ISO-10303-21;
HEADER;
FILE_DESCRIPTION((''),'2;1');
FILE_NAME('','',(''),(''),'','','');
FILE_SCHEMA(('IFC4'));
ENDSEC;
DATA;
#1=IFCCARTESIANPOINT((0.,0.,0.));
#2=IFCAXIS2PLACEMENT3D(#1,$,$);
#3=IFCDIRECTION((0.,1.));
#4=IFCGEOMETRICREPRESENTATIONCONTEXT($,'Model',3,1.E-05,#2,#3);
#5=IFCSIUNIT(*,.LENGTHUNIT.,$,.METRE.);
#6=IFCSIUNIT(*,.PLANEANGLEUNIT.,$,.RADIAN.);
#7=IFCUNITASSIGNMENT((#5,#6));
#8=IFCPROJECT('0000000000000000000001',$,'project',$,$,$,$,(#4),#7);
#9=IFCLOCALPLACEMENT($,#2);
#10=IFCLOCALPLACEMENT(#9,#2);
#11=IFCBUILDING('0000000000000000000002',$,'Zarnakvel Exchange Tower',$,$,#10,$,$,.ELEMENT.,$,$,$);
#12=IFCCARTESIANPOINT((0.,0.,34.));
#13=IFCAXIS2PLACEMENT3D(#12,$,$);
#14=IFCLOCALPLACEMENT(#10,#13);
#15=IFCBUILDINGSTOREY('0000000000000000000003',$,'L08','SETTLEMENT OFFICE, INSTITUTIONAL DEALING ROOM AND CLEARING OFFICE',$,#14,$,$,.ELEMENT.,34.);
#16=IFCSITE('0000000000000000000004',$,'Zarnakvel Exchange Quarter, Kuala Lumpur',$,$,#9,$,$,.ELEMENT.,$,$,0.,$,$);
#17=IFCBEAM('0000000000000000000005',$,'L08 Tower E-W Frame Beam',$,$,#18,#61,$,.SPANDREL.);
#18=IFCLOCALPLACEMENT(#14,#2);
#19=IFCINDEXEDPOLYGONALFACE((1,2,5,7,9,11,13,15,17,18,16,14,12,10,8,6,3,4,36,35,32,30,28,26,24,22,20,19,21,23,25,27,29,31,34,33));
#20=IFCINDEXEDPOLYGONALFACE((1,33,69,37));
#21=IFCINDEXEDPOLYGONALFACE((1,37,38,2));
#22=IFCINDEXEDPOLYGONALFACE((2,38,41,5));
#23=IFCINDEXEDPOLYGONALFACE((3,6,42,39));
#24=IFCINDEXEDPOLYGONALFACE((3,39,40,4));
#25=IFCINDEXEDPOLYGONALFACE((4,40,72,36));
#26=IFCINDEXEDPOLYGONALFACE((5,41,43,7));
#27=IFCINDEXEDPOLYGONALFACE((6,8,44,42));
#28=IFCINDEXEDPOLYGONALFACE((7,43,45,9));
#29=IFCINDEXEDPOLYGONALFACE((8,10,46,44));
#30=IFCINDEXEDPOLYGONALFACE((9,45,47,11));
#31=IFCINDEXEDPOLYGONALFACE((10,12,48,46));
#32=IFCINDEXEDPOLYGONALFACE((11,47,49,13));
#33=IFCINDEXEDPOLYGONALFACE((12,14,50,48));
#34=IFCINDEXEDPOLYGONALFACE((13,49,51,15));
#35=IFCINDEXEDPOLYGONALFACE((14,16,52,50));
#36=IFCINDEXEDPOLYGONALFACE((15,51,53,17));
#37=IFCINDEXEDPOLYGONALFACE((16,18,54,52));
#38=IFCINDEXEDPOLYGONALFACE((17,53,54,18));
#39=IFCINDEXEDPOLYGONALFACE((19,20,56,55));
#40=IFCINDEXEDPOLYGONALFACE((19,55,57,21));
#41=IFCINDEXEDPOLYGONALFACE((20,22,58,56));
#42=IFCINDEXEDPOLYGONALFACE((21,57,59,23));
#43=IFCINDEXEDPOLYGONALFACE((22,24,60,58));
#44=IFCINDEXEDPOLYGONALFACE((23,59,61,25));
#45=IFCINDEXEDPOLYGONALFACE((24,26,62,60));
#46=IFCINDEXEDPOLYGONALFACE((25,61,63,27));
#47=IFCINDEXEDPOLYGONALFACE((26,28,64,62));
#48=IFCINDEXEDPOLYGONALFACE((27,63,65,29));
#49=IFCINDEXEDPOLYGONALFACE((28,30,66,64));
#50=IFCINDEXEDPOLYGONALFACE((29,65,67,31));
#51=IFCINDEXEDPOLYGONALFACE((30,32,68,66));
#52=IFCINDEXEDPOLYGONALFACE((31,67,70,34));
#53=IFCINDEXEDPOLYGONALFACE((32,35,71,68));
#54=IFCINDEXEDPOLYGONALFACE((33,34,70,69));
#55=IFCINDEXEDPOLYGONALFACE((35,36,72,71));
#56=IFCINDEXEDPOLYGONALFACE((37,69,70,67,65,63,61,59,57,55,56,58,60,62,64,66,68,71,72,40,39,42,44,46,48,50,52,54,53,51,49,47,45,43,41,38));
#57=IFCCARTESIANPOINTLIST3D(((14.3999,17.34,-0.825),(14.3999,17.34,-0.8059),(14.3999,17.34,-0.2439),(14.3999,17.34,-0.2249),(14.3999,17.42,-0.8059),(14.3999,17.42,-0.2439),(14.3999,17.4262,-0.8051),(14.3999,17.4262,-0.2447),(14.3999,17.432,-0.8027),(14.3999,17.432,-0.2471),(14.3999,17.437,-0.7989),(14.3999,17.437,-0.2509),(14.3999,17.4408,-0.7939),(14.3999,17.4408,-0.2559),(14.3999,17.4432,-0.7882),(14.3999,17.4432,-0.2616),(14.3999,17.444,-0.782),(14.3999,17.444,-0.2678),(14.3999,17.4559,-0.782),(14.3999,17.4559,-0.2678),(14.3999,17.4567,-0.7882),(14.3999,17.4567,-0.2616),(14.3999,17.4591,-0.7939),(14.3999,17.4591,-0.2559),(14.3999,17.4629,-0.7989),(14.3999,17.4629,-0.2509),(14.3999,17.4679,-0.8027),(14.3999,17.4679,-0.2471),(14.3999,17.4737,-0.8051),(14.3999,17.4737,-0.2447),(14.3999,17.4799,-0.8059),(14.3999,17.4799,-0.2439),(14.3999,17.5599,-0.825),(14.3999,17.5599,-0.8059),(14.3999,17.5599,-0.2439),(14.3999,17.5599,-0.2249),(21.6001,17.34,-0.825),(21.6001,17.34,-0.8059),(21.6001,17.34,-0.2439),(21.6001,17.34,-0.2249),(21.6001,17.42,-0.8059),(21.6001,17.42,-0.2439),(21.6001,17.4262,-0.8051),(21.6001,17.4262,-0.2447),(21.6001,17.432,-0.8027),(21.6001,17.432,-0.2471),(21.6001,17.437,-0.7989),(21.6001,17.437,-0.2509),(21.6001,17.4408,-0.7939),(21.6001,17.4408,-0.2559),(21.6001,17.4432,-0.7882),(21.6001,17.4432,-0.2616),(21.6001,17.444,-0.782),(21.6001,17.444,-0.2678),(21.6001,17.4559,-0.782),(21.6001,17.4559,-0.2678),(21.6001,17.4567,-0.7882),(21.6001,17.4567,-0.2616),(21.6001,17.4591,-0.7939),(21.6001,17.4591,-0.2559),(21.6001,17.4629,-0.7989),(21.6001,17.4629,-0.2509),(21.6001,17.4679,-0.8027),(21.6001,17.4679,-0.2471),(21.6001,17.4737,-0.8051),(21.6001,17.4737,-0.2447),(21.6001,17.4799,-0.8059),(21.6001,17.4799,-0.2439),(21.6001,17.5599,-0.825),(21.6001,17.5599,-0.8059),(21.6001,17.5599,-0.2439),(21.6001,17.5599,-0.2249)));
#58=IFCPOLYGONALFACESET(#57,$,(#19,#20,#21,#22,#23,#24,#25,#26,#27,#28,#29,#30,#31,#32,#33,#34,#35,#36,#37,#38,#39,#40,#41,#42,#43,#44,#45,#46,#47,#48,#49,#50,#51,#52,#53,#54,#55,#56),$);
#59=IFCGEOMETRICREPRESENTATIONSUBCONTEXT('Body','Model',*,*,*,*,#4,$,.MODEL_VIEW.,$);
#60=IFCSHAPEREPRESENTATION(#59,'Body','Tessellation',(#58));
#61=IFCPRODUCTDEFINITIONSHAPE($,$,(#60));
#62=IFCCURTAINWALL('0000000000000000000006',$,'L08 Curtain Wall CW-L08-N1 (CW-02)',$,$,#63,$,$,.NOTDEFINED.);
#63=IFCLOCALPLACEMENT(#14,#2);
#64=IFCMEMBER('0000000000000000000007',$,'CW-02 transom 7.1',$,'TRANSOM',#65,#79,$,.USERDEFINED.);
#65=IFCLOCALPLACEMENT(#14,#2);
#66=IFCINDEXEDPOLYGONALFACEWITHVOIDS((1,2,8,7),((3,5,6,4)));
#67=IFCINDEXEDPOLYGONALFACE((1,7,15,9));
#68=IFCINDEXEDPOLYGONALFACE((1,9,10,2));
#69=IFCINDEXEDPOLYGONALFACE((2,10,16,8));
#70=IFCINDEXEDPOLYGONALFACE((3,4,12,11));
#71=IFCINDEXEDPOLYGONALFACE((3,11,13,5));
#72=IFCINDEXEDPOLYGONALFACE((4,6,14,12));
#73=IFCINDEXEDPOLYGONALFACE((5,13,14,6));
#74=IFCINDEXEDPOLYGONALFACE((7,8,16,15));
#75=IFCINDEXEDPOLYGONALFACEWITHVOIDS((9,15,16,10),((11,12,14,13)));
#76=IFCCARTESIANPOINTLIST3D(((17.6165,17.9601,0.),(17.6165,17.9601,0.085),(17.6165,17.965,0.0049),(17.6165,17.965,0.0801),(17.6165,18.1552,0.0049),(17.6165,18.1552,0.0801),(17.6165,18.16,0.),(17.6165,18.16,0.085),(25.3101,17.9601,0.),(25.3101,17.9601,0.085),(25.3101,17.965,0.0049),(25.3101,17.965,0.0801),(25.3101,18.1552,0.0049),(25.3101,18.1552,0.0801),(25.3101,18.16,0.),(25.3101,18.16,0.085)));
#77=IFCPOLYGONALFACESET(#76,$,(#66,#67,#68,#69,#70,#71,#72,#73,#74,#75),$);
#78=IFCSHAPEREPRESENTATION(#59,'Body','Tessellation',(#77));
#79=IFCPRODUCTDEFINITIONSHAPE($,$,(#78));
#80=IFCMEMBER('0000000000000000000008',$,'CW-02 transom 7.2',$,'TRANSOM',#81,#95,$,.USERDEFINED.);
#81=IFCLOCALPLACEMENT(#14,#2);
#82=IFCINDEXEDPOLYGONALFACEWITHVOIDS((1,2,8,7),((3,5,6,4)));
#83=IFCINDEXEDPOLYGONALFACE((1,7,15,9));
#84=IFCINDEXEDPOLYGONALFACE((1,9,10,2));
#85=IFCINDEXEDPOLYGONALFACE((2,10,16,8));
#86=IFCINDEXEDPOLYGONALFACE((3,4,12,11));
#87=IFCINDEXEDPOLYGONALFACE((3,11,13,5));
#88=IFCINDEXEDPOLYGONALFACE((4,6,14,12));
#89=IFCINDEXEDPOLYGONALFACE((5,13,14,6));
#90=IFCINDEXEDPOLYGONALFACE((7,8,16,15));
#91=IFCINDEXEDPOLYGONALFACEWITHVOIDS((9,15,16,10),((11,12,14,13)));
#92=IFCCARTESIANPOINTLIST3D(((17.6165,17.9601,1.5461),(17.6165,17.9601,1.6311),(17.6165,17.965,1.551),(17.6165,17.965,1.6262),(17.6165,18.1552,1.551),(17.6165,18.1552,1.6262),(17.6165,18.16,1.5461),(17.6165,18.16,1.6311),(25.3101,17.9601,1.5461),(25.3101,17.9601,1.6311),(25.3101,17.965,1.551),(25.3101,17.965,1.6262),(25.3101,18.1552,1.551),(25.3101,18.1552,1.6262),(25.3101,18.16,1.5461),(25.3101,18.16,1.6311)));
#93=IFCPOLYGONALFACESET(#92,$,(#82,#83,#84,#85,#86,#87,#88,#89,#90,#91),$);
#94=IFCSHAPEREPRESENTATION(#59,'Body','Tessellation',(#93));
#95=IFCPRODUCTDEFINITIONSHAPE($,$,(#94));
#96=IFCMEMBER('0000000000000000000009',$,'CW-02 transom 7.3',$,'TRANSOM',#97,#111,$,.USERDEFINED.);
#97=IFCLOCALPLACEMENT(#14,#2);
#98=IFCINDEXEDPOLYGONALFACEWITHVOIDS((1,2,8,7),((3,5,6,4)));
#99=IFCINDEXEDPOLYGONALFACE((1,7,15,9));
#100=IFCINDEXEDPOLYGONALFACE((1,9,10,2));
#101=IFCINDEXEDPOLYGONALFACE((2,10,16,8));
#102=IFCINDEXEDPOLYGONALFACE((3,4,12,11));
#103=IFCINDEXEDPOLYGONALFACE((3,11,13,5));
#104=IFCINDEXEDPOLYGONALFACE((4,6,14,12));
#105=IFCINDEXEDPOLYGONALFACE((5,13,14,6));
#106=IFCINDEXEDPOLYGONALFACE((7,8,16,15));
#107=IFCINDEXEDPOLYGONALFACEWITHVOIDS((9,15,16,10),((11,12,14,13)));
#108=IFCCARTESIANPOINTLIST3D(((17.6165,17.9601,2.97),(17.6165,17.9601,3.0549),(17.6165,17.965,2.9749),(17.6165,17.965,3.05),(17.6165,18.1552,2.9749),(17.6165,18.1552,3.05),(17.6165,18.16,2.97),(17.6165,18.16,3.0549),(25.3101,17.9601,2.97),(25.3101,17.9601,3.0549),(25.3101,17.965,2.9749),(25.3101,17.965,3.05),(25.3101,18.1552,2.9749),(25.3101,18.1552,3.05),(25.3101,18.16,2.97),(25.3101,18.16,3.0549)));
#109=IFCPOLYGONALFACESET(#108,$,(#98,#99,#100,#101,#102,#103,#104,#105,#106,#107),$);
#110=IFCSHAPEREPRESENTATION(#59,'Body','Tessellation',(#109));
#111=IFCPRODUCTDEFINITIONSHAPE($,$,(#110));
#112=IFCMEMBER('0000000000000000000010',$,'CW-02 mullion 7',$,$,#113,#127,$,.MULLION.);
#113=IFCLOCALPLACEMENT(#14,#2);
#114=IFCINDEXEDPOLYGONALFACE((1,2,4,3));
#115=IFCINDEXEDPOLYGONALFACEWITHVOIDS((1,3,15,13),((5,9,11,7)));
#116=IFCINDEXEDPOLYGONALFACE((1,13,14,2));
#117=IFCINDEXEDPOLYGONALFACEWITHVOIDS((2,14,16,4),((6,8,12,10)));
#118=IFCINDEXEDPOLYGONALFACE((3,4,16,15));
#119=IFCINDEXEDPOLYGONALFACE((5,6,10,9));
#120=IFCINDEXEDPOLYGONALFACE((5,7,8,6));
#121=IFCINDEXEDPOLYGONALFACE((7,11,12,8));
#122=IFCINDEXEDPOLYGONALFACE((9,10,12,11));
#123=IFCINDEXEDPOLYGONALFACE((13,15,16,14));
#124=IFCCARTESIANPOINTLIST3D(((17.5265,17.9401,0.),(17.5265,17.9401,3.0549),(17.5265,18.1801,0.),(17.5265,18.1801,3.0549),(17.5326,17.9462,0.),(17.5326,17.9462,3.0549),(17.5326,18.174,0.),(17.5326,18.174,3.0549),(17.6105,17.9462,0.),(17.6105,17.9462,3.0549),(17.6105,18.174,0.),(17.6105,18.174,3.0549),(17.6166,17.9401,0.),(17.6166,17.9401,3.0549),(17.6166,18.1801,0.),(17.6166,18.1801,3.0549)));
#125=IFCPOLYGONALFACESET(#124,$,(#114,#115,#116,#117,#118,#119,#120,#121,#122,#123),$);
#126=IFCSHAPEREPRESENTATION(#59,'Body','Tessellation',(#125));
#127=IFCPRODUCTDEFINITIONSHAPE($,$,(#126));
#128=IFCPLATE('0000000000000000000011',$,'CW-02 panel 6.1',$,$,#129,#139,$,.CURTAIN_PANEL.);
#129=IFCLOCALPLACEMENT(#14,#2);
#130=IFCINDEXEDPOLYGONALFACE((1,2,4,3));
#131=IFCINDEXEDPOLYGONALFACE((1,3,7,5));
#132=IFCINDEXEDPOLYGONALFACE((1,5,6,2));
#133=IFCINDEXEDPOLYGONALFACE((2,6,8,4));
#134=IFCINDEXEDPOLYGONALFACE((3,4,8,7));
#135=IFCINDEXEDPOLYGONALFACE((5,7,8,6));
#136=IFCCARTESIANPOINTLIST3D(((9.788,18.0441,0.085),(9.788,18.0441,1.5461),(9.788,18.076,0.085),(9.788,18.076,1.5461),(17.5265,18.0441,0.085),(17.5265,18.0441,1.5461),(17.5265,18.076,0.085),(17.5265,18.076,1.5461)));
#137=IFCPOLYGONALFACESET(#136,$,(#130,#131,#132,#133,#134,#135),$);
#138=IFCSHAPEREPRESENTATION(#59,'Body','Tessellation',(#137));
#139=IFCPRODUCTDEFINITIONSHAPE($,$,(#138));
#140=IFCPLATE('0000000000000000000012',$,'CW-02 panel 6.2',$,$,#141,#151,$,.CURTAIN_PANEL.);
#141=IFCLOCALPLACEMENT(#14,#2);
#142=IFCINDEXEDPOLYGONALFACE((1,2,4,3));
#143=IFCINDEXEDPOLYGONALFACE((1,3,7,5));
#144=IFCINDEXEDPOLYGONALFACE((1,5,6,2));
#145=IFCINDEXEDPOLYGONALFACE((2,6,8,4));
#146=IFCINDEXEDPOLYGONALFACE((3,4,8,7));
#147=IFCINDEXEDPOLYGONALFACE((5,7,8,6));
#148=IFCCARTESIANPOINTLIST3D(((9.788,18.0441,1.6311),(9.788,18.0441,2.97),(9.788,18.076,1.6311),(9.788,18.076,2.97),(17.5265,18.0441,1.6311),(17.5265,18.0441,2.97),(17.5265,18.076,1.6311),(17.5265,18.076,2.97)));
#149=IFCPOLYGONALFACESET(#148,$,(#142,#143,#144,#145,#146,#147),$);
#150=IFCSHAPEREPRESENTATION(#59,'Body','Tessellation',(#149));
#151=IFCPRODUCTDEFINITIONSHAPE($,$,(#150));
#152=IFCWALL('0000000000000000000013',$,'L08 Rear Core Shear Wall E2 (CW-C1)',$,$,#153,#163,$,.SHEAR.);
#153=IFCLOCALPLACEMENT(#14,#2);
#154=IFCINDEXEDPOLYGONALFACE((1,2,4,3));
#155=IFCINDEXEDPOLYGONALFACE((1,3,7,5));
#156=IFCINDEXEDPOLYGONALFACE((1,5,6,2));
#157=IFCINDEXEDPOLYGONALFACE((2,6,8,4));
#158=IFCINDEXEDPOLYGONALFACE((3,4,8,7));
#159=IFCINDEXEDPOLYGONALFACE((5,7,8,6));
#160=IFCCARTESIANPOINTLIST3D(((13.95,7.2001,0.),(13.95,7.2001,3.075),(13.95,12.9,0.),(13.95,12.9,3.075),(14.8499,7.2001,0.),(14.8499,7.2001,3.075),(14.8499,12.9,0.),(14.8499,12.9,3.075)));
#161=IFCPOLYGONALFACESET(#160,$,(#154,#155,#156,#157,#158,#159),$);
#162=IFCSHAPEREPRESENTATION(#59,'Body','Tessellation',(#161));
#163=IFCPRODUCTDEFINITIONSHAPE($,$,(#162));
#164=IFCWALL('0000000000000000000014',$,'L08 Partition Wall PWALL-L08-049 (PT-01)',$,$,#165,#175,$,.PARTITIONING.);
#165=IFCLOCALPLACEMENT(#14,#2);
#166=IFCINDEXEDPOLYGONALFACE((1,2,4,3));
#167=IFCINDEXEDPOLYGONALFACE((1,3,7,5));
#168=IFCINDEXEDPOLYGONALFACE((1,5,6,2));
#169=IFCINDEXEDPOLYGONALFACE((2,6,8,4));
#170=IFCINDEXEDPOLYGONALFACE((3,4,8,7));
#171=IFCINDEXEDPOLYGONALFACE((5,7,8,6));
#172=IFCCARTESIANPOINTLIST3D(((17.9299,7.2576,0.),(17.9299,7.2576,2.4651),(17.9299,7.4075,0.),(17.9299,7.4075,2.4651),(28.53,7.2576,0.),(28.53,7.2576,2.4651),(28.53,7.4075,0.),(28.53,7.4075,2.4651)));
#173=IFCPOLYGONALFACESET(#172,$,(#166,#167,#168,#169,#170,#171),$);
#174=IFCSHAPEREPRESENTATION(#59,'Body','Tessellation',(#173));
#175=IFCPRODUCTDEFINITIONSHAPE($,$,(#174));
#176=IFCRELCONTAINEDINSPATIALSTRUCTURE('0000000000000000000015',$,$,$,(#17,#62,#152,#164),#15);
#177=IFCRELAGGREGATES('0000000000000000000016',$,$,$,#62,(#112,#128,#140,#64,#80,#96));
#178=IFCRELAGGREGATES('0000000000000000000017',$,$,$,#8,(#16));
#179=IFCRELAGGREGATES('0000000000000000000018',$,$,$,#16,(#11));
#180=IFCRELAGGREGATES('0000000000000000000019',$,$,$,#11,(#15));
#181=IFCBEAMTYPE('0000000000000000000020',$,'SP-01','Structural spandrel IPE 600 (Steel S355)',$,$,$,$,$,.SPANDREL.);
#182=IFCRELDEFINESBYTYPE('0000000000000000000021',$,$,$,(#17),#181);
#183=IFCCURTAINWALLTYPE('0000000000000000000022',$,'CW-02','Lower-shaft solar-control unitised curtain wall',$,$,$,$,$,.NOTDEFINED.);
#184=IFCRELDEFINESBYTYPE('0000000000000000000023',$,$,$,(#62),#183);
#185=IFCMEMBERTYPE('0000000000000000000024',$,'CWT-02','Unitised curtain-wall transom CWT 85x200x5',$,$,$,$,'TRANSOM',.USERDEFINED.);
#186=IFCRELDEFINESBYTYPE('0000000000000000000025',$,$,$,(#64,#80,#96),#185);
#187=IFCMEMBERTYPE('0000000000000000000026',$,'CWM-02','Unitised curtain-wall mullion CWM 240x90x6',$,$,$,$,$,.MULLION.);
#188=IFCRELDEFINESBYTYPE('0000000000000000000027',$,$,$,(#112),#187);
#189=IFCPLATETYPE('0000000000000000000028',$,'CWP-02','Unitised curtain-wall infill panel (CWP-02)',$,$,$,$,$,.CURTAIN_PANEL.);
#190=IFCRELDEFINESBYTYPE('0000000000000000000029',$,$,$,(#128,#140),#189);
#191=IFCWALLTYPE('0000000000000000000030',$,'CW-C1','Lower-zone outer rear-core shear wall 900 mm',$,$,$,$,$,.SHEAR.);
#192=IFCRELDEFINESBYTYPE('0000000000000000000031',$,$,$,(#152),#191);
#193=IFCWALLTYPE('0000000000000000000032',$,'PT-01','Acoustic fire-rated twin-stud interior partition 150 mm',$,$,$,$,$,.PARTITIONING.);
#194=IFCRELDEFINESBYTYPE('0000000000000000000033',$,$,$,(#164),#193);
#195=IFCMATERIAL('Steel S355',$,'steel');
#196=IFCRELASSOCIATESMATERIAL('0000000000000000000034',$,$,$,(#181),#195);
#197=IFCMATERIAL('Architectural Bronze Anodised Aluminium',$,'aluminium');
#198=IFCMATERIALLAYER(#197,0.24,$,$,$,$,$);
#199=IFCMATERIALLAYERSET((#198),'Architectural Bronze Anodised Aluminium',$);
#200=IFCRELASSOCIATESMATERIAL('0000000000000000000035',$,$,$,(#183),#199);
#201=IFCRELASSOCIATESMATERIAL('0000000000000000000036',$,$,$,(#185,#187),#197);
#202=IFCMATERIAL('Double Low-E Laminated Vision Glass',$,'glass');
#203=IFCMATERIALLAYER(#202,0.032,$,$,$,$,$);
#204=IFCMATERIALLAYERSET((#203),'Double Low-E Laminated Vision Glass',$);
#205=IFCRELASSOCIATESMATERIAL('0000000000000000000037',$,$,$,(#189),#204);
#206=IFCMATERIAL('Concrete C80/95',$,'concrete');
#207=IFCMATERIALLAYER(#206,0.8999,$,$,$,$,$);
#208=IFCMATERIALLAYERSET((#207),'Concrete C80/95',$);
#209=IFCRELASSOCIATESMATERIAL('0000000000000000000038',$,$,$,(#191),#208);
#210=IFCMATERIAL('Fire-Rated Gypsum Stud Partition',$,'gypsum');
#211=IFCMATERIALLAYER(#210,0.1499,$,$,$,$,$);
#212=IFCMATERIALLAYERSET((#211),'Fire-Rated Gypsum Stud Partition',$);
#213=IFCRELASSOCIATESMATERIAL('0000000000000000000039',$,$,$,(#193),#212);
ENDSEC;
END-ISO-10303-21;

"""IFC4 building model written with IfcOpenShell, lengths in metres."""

from ifc_helpers import new_model, si_unit, direction, frame, frame_2d, origin, origin_2d, place, context, subcontext, project, spatial, rectangle, hollow_rectangle, i_section, extrude, source, transform, mapped, material, layer, layer_set, material_profile, profile_set, type_object, element, aggregate, save


model = new_model("IFC4")

# Units and contexts
model_context = context("Model", 3, precision=1e-05, world=origin(), true_north=direction((0.0, 1.0)))
body_context = subcontext(model_context, "Body", "Model", "MODEL_VIEW")
ifc_project = project(units=[si_unit("LENGTHUNIT", "METRE"), si_unit("PLANEANGLEUNIT", "RADIAN")], contexts=[model_context])

# Site, building, storey
site_placement = place(None, origin())
site = spatial("IfcSite", under=ifc_project, at=site_placement, Name="Zarnakvel Exchange Quarter, Kuala Lumpur", CompositionType="ELEMENT", RefElevation=0.0)
building_placement = place(site_placement, origin())
building = spatial("IfcBuilding", under=site, at=building_placement, Name="Zarnakvel Exchange Tower", CompositionType="ELEMENT")
storey_placement = place(building_placement, frame((0.0, 0.0, 34.0)))
storey = spatial("IfcBuildingStorey", under=building, at=storey_placement, Name="L08", Description="SETTLEMENT OFFICE, INSTITUTIONAL DEALING ROOM AND CLEARING OFFICE", CompositionType="ELEMENT", Elevation=34.0)

# Shared definitions
ifc_material_1 = material(Name="Concrete C80/95", Category="concrete")

# Beam
ifc_material_2 = material(Name="Steel S355", Category="steel")
ifc_material_profile_1 = material_profile(ifc_material_2, i_section(OverallWidth=0.22, OverallDepth=0.6001, WebThickness=0.012, FlangeThickness=0.019, FilletRadius=0.0239, at=origin_2d()))
ifc_profile_set_1 = profile_set([ifc_material_profile_1], Name="Steel S355")
beam_type_1 = type_object("IfcBeamType", Name="SP-01", Description="Structural spandrel IPE 600 (Steel S355)", PredefinedType="SPANDREL", material=ifc_profile_set_1)
beam_1_placement = place(storey_placement, frame((14.3999, 17.45, -0.5249), z_axis=(1.0, 0.0, 0.0), x_axis=(0.0, 1.0, 0.0)))
element("IfcBeam", 1, at=beam_1_placement, inside=storey, type_object=beam_type_1, Name="L08 Tower E-W Frame Beam", PredefinedType="SPANDREL", context=body_context, shape_type="SweptSolid", body=[
    extrude(i_section(OverallWidth=0.22, OverallDepth=0.6001, WebThickness=0.012, FlangeThickness=0.019, FilletRadius=0.0239, at=origin_2d()), origin(), (0.0, 0.0, 1.0), 7.2002),
])

# Curtain wall, members, plates
ifc_material_3 = material(Name="Architectural Bronze Anodised Aluminium", Category="aluminium")
ifc_layer_1 = layer(ifc_material_3, 0.24)
ifc_layer_set_1 = layer_set([ifc_layer_1], Name="Architectural Bronze Anodised Aluminium")
curtain_wall_type = type_object("IfcCurtainWallType", Name="CW-02", Description="Lower-shaft solar-control unitised curtain wall", PredefinedType="NOTDEFINED", material=ifc_layer_set_1)
curtain_wall_placement = place(storey_placement, origin())
curtain_wall = element("IfcCurtainWall", 2, at=curtain_wall_placement, inside=storey, type_object=curtain_wall_type, Name="L08 Curtain Wall CW-L08-N1 (CW-02)", PredefinedType="NOTDEFINED")
ifc_material_profile_2 = material_profile(ifc_material_3, hollow_rectangle(XDim=0.2, YDim=0.085, WallThickness=0.0049, at=origin_2d()))
ifc_profile_set_2 = profile_set([ifc_material_profile_2], Name="Architectural Bronze Anodised Aluminium")
member_type_1 = type_object("IfcMemberType", Name="CWT-02", Description="Unitised curtain-wall transom CWT 85x200x5", ElementType="TRANSOM", PredefinedType="USERDEFINED", material=ifc_profile_set_2)
shared_shape_1 = source(origin(), body_context, "Body", "SweptSolid", [
    extrude(hollow_rectangle(XDim=0.2, YDim=0.085, WallThickness=0.0049, at=origin_2d()), origin(), (0.0, 0.0, 1.0), 7.6936),
])
member_1_placement = place(storey_placement, frame((17.6165, 18.0601, 0.0425), z_axis=(1.0, 0.0, 0.0), x_axis=(0.0, 1.0, 0.0)))
member_1 = element("IfcMember", 3, at=member_1_placement, type_object=member_type_1, Name="CW-02 transom 7.1", ObjectType="TRANSOM", PredefinedType="USERDEFINED", context=body_context, shape_type="MappedRepresentation", body=[
    mapped(shared_shape_1, transform((0.0, 0.0, 0.0), x_axis=(1.0, 0.0, 0.0), y_axis=(0.0, 1.0, 0.0), z_axis=(0.0, 0.0, 1.0), scale=1.0)),
])
member_2_placement = place(storey_placement, frame((17.6165, 18.0601, 1.5886), z_axis=(1.0, 0.0, 0.0), x_axis=(0.0, 1.0, 0.0)))
member_2 = element("IfcMember", 4, at=member_2_placement, type_object=member_type_1, Name="CW-02 transom 7.2", ObjectType="TRANSOM", PredefinedType="USERDEFINED", context=body_context, shape_type="MappedRepresentation", body=[
    mapped(shared_shape_1, transform((0.0, 0.0, 0.0), x_axis=(1.0, 0.0, 0.0), y_axis=(0.0, 1.0, 0.0), z_axis=(0.0, 0.0, 1.0), scale=1.0)),
])
member_3_placement = place(storey_placement, frame((17.6165, 18.0601, 3.0125), z_axis=(1.0, 0.0, 0.0), x_axis=(0.0, 1.0, 0.0)))
member_3 = element("IfcMember", 5, at=member_3_placement, type_object=member_type_1, Name="CW-02 transom 7.3", ObjectType="TRANSOM", PredefinedType="USERDEFINED", context=body_context, shape_type="MappedRepresentation", body=[
    mapped(shared_shape_1, transform((0.0, 0.0, 0.0), x_axis=(1.0, 0.0, 0.0), y_axis=(0.0, 1.0, 0.0), z_axis=(0.0, 0.0, 1.0), scale=1.0)),
])
ifc_material_profile_3 = material_profile(ifc_material_3, hollow_rectangle(XDim=0.24, YDim=0.0901, WallThickness=0.0061, at=origin_2d()))
ifc_profile_set_3 = profile_set([ifc_material_profile_3], Name="Architectural Bronze Anodised Aluminium")
member_type_2 = type_object("IfcMemberType", Name="CWM-02", Description="Unitised curtain-wall mullion CWM 240x90x6", PredefinedType="MULLION", material=ifc_profile_set_3)
shared_shape_2 = source(origin(), body_context, "Body", "SweptSolid", [
    extrude(hollow_rectangle(XDim=0.24, YDim=0.0901, WallThickness=0.0061, at=origin_2d()), origin(), (0.0, 0.0, 1.0), 3.0549),
])
member_4_placement = place(storey_placement, frame((17.5715, 18.0601, 0.0), z_axis=(0.0, 0.0, 1.0), x_axis=(0.0, 1.0, 0.0)))
member_4 = element("IfcMember", 6, at=member_4_placement, type_object=member_type_2, Name="CW-02 mullion 7", PredefinedType="MULLION", context=body_context, shape_type="MappedRepresentation", body=[
    mapped(shared_shape_2, transform((0.0, 0.0, 0.0), x_axis=(1.0, 0.0, 0.0), y_axis=(0.0, 1.0, 0.0), z_axis=(0.0, 0.0, 1.0), scale=1.0)),
])
ifc_material_4 = material(Name="Double Low-E Laminated Vision Glass", Category="glass")
ifc_layer_2 = layer(ifc_material_4, 0.032)
ifc_layer_set_2 = layer_set([ifc_layer_2], Name="Double Low-E Laminated Vision Glass")
plate_type = type_object("IfcPlateType", Name="CWP-02", Description="Unitised curtain-wall infill panel (CWP-02)", PredefinedType="CURTAIN_PANEL", material=ifc_layer_set_2)
shared_shape_3 = source(origin(), body_context, "Body", "SweptSolid", [
    extrude(rectangle(XDim=7.7385, YDim=0.032, at=origin_2d()), origin(), (0.0, 0.0, 1.0), 1.4612),
])
plate_1_placement = place(storey_placement, frame((13.6572, 18.0601, 0.085), z_axis=(0.0, 0.0, 1.0), x_axis=(1.0, 0.0, 0.0)))
plate_1 = element("IfcPlate", 7, at=plate_1_placement, type_object=plate_type, Name="CW-02 panel 6.1", PredefinedType="CURTAIN_PANEL", context=body_context, shape_type="MappedRepresentation", body=[
    mapped(shared_shape_3, transform((0.0, 0.0, 0.0), x_axis=(1.0, 0.0, 0.0), y_axis=(0.0, 1.0, 0.0), z_axis=(0.0, 0.0, 1.0), scale=1.0)),
])
shared_shape_4 = source(origin(), body_context, "Body", "SweptSolid", [
    extrude(rectangle(XDim=7.7385, YDim=0.032, at=origin_2d()), origin(), (0.0, 0.0, 1.0), 1.3389),
])
plate_2_placement = place(storey_placement, frame((13.6572, 18.0601, 1.6311), z_axis=(0.0, 0.0, 1.0), x_axis=(1.0, 0.0, 0.0)))
plate_2 = element("IfcPlate", 8, at=plate_2_placement, type_object=plate_type, Name="CW-02 panel 6.2", PredefinedType="CURTAIN_PANEL", context=body_context, shape_type="MappedRepresentation", body=[
    mapped(shared_shape_4, transform((0.0, 0.0, 0.0), x_axis=(1.0, 0.0, 0.0), y_axis=(0.0, 1.0, 0.0), z_axis=(0.0, 0.0, 1.0), scale=1.0)),
])
aggregate(curtain_wall, [member_4, plate_1, plate_2, member_1, member_2, member_3])

# Walls
ifc_layer_3 = layer(ifc_material_1, 0.8999)
ifc_layer_set_3 = layer_set([ifc_layer_3], Name="Concrete C80/95")
wall_type_1 = type_object("IfcWallType", Name="CW-C1", Description="Lower-zone outer rear-core shear wall 900 mm", PredefinedType="SHEAR", material=ifc_layer_set_3)
wall_1_placement = place(storey_placement, frame((14.3999, 7.2, 0.0), z_axis=(0.0, 0.0, 1.0), x_axis=(0.0, 1.0, 0.0)))
element("IfcWall", 9, at=wall_1_placement, inside=storey, type_object=wall_type_1, Name="L08 Rear Core Shear Wall E2 (CW-C1)", PredefinedType="SHEAR", context=body_context, shape_type="SweptSolid", body=[
    extrude(rectangle(XDim=5.7, YDim=0.8999, at=frame_2d((2.8501, 0.0))), origin(), (0.0, 0.0, 1.0), 3.075),
])
ifc_material_5 = material(Name="Fire-Rated Gypsum Stud Partition", Category="gypsum")
ifc_layer_4 = layer(ifc_material_5, 0.1499)
ifc_layer_set_4 = layer_set([ifc_layer_4], Name="Fire-Rated Gypsum Stud Partition")
wall_type_2 = type_object("IfcWallType", Name="PT-01", Description="Acoustic fire-rated twin-stud interior partition 150 mm", PredefinedType="PARTITIONING", material=ifc_layer_set_4)
wall_2_placement = place(storey_placement, frame((17.9299, 7.3325, 0.0), z_axis=(0.0, 0.0, 1.0), x_axis=(1.0, 0.0, 0.0)))
element("IfcWall", 10, at=wall_2_placement, inside=storey, type_object=wall_type_2, Name="L08 Partition Wall PWALL-L08-049 (PT-01)", PredefinedType="PARTITIONING", context=body_context, shape_type="SweptSolid", body=[
    extrude(rectangle(XDim=10.6001, YDim=0.1499, at=frame_2d((5.3, 0.0))), origin(), (0.0, 0.0, 1.0), 2.4651),
])

save(model, "model.ifc")
